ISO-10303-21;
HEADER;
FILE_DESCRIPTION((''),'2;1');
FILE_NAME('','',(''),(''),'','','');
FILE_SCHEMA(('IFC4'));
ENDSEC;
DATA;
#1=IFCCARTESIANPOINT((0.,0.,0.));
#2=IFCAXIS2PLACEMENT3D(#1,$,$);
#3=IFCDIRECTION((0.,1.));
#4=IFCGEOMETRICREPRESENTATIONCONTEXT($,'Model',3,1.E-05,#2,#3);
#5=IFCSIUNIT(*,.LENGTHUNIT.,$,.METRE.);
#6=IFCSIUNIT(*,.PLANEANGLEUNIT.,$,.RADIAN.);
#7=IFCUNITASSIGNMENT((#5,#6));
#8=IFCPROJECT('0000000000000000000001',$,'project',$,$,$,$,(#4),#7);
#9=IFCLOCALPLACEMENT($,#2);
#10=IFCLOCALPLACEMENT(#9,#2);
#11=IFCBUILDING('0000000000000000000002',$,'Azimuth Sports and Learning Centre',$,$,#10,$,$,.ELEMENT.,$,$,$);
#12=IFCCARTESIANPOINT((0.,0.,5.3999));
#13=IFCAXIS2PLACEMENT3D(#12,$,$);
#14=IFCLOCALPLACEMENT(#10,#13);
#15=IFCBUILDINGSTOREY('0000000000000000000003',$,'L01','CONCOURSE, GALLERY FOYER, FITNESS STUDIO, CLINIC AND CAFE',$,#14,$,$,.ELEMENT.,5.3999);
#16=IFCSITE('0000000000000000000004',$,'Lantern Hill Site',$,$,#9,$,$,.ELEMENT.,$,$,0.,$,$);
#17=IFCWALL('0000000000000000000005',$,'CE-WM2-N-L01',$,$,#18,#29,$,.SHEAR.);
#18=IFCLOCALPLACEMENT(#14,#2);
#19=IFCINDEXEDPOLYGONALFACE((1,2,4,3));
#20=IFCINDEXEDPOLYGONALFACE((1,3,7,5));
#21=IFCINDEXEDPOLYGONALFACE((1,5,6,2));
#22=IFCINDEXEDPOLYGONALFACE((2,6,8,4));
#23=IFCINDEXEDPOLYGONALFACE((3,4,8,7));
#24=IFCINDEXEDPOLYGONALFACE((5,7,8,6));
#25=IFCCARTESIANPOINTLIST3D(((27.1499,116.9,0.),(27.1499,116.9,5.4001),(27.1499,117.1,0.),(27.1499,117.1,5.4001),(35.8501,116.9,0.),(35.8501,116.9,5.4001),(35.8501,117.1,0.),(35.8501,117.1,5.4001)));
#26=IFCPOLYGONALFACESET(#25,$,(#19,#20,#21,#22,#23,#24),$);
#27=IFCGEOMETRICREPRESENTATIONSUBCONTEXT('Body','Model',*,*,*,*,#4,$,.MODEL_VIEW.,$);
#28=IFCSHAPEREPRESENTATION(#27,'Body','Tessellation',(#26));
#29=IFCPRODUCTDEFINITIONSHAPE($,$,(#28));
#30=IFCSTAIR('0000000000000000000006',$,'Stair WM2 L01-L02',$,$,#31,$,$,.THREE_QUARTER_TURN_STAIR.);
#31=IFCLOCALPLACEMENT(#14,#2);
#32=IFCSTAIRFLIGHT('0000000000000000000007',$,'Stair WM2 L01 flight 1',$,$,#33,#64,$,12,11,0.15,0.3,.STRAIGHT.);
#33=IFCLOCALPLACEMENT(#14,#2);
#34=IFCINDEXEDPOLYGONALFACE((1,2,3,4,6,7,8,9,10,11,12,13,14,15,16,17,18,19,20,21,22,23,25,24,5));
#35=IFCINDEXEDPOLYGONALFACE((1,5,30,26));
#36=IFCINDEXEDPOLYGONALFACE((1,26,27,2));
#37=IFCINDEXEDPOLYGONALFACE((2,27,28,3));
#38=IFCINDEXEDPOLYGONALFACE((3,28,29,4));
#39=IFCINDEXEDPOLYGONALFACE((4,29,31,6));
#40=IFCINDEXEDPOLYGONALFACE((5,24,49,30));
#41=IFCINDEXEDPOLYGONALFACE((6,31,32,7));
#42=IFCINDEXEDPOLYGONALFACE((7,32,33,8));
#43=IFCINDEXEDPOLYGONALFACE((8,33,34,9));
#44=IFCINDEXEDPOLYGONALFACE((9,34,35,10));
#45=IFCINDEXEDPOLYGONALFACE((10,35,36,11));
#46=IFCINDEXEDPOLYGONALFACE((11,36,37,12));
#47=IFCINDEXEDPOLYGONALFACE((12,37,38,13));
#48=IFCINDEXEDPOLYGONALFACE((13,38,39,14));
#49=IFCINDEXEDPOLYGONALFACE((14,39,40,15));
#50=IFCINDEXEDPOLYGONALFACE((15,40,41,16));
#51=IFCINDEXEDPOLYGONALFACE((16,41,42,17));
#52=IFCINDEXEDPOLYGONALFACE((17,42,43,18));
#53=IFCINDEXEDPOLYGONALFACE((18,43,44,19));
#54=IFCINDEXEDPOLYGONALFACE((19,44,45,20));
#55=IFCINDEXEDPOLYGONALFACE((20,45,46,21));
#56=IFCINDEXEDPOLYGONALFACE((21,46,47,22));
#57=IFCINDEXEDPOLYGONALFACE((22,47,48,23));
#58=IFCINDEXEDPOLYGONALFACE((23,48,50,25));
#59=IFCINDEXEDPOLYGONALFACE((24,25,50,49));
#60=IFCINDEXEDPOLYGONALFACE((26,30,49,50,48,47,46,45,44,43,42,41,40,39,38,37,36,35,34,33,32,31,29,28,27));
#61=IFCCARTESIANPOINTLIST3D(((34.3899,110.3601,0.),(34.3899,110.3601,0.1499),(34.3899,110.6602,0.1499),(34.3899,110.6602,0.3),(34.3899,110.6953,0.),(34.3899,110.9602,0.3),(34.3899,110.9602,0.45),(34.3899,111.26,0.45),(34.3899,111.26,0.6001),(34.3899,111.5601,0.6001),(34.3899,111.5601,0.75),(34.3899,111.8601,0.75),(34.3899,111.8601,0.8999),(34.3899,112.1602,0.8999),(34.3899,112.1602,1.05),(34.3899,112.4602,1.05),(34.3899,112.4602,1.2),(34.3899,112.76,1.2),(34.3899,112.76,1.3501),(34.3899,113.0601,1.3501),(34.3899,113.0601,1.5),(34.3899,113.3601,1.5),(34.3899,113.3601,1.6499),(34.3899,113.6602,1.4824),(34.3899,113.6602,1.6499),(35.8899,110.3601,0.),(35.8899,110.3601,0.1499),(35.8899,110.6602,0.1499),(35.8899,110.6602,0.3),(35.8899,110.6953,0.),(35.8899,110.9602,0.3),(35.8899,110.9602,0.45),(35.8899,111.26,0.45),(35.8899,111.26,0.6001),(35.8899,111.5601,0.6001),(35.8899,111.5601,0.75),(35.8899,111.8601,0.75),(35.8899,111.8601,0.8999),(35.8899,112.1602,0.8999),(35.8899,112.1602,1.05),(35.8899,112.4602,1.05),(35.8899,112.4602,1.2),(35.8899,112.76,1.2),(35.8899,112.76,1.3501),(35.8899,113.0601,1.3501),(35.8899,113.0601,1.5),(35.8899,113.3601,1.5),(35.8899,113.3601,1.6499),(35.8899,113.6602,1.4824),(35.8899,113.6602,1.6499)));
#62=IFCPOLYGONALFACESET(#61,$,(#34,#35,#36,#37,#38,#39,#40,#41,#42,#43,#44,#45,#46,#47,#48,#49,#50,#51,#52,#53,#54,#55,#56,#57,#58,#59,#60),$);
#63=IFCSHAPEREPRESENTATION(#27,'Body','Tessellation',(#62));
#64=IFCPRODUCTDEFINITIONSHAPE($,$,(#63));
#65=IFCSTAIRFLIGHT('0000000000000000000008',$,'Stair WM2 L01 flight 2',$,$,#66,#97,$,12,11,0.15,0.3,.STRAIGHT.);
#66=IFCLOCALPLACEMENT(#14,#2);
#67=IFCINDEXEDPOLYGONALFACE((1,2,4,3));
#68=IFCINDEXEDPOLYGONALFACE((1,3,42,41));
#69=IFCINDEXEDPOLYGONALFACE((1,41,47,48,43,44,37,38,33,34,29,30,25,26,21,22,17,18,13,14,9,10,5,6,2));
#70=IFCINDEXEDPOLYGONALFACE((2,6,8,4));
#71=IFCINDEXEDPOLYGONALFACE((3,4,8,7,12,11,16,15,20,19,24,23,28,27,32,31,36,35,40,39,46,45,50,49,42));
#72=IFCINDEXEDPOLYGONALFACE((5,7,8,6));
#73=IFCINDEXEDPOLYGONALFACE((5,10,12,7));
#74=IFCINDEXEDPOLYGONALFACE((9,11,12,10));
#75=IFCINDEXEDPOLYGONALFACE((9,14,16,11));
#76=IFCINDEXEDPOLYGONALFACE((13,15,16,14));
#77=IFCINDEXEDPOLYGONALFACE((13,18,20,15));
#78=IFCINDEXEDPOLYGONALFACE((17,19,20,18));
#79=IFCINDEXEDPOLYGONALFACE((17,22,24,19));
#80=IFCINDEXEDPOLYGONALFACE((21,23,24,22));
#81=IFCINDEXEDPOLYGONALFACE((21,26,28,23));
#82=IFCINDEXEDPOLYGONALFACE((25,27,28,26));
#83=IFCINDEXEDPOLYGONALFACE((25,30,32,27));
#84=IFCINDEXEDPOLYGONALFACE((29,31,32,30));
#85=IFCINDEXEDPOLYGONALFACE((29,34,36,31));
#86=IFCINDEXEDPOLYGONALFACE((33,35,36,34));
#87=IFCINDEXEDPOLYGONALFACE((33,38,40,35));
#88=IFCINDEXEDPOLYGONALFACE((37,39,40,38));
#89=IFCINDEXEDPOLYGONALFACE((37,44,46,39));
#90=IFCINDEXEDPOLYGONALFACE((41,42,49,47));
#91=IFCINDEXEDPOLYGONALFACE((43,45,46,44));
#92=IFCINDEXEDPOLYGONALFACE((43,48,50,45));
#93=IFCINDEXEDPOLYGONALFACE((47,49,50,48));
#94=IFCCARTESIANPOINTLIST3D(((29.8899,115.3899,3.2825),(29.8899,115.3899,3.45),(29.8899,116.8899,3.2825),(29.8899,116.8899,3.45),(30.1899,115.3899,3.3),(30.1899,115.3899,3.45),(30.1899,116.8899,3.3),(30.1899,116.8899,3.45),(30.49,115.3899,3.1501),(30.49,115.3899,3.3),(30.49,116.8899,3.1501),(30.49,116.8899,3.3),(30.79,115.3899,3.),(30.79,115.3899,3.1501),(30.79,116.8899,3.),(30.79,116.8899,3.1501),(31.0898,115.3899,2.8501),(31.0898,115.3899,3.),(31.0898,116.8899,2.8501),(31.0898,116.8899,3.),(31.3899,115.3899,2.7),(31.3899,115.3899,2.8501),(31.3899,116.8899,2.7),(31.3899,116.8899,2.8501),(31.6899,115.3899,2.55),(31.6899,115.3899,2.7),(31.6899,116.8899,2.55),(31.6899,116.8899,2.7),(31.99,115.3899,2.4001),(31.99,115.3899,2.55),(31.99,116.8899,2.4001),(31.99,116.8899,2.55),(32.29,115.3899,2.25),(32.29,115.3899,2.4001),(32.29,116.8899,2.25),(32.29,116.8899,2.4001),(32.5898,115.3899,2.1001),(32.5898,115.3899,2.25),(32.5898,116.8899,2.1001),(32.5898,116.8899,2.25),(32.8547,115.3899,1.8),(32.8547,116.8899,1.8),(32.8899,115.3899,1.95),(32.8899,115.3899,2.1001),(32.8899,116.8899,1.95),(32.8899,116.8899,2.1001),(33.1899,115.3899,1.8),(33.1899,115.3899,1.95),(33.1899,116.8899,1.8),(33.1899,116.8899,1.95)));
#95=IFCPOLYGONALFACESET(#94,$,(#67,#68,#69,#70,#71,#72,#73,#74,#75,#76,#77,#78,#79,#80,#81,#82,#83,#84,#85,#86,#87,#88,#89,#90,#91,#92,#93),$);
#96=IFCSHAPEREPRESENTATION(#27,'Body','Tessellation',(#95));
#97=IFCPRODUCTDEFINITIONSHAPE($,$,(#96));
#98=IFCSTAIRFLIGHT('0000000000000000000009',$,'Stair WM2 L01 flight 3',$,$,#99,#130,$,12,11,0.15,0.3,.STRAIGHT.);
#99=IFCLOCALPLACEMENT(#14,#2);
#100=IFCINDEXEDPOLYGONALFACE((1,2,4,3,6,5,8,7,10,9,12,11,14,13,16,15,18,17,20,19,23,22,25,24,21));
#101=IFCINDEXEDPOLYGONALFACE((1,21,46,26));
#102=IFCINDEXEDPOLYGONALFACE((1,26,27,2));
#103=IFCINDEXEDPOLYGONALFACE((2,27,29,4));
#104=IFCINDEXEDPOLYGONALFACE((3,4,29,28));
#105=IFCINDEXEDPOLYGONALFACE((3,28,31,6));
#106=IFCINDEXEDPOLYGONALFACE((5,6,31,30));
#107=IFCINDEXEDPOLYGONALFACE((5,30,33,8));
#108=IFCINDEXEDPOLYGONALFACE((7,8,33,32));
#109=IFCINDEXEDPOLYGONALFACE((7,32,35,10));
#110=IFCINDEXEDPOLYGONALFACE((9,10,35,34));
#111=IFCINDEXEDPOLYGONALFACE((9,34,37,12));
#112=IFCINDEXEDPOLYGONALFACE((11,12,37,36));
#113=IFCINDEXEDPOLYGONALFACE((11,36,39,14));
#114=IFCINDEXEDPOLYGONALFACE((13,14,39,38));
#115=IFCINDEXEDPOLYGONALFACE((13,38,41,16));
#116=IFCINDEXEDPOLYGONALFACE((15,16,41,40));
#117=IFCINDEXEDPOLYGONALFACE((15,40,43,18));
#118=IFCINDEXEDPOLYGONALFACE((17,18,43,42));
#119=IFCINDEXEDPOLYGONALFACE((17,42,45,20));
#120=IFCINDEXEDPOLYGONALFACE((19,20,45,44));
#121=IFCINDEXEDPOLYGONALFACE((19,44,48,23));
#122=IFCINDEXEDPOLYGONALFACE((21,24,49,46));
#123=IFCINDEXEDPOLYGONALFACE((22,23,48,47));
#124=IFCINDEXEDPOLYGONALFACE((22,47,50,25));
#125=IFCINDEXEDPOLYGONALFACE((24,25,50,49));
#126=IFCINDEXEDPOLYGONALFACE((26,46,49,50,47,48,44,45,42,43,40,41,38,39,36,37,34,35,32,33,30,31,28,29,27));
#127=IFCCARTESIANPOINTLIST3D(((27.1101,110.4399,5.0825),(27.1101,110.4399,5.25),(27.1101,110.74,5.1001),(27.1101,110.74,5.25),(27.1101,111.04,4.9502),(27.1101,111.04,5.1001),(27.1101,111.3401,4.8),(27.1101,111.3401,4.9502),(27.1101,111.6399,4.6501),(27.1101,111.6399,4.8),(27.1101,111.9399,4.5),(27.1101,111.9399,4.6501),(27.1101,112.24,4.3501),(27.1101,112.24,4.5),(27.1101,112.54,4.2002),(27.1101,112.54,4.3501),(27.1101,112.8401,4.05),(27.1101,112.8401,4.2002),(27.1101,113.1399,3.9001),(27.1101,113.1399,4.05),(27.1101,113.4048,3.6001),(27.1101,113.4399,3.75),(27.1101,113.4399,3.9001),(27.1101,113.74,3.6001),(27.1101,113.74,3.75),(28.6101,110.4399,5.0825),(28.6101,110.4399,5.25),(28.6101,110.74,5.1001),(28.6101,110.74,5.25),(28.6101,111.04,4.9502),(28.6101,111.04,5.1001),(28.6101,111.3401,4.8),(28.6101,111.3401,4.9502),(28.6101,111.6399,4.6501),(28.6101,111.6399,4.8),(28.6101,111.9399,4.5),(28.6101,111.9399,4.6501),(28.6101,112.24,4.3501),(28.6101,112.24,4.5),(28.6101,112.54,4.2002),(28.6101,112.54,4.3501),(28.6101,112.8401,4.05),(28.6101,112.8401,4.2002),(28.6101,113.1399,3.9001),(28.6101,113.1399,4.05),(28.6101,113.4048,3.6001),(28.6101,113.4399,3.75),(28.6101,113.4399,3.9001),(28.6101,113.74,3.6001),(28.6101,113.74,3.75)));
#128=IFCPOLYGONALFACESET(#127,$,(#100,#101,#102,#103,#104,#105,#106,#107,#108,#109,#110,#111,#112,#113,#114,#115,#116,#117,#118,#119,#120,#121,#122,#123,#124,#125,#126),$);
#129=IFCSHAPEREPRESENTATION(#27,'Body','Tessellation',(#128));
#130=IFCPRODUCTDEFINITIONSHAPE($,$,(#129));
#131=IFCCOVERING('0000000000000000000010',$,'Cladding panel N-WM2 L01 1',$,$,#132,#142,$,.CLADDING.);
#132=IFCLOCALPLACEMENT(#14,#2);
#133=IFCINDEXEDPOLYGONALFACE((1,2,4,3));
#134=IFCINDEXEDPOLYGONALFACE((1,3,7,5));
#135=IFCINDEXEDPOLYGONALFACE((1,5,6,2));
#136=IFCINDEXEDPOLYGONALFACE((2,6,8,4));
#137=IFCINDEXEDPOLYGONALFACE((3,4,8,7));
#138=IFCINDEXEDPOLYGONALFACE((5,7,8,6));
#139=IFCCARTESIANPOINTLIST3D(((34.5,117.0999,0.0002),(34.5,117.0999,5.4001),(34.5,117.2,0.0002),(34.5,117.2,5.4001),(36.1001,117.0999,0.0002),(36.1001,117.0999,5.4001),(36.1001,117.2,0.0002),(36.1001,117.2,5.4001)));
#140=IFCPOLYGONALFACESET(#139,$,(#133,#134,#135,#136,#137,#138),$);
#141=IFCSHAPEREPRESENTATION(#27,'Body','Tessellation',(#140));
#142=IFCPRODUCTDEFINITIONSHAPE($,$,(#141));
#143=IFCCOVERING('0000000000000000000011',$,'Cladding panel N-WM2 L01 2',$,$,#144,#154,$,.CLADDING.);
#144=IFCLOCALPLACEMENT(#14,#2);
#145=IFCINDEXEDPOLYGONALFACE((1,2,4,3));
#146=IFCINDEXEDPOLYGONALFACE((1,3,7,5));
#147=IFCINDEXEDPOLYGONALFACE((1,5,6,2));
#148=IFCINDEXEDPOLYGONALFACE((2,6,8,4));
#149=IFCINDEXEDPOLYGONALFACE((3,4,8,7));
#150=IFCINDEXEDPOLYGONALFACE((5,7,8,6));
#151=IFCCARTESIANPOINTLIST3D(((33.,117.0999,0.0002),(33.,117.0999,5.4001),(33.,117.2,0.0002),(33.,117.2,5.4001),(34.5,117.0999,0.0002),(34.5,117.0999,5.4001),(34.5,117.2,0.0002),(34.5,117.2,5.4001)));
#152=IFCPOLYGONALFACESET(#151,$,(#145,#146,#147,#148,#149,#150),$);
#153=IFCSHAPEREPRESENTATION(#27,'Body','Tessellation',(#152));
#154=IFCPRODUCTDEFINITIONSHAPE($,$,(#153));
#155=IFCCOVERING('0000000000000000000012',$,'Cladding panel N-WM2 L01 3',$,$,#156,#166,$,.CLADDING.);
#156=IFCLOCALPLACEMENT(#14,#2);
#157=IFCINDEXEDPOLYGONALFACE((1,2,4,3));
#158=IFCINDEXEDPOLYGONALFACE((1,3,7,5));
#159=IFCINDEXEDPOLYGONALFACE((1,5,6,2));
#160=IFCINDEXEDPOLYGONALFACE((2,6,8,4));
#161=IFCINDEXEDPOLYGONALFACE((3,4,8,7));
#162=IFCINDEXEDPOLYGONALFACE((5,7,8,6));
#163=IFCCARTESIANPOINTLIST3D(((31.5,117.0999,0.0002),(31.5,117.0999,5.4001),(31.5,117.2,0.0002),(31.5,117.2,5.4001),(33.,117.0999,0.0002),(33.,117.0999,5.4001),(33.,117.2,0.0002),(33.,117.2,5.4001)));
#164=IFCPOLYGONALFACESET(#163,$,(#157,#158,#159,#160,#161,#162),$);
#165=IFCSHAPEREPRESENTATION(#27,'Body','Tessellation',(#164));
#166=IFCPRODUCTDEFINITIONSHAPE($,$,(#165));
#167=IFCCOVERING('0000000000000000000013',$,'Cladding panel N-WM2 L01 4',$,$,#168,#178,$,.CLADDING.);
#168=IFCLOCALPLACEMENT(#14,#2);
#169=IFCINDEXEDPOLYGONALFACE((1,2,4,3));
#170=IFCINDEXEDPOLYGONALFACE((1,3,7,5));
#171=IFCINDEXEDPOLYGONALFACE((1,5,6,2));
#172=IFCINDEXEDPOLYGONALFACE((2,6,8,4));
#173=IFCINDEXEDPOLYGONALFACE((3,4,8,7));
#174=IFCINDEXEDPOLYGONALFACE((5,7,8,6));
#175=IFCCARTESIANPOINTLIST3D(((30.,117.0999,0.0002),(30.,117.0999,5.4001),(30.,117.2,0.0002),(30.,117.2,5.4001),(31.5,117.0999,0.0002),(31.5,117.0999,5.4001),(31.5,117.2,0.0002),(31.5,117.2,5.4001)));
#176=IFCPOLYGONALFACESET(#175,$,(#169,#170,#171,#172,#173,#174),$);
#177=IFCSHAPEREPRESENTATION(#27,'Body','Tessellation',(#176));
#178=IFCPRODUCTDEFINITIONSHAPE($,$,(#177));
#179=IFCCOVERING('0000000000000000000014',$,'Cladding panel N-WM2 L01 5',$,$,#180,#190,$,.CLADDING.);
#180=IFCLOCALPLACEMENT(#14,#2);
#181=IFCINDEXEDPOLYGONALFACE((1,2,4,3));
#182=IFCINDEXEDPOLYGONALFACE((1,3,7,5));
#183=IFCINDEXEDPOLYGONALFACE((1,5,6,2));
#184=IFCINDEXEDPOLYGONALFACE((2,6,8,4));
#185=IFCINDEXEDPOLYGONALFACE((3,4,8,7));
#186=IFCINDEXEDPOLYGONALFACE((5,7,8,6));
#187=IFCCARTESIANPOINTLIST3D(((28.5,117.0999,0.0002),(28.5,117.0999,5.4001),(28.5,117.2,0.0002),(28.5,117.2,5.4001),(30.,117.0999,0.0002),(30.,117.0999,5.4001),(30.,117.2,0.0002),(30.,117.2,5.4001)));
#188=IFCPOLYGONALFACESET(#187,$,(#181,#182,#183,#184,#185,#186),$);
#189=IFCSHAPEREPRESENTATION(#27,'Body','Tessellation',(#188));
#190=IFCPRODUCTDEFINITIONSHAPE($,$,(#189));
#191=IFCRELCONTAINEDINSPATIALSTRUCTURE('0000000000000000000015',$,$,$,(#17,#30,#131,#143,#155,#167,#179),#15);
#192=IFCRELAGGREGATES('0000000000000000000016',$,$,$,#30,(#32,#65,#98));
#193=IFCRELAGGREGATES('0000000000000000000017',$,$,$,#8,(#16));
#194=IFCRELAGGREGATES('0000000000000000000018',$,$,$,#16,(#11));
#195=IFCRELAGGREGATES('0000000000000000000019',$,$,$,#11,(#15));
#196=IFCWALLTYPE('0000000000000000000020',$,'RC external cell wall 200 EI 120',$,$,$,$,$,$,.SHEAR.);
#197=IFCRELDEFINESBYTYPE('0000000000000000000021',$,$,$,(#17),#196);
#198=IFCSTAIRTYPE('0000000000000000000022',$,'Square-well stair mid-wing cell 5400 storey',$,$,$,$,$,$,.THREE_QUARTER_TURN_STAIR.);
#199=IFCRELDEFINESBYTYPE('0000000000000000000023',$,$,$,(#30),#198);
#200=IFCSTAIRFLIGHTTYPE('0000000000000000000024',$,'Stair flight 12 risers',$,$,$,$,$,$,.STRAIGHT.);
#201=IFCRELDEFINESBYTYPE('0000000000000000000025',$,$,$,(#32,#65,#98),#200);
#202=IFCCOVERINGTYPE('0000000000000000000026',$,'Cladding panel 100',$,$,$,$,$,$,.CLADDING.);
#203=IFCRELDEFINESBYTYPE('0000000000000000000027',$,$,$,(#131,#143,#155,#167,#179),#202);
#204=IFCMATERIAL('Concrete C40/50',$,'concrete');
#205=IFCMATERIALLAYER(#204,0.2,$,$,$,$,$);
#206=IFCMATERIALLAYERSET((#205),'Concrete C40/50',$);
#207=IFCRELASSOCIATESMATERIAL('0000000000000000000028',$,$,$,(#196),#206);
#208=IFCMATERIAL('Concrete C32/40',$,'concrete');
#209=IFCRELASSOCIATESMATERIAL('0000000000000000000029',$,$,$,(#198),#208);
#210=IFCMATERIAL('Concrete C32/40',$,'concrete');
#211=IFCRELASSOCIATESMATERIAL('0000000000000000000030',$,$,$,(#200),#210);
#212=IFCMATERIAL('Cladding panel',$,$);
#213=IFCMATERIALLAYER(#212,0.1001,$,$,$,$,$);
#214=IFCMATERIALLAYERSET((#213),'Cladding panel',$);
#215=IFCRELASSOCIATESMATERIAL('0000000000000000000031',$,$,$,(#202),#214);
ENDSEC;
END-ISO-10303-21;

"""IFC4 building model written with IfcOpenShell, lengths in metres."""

from ifc_helpers import new_model, si_unit, direction, frame, frame_2d, origin, origin_2d, place, context, subcontext, project, spatial, polyline, rectangle, outline, extrude, material, layer, layer_set, type_object, element, aggregate, save


model = new_model("IFC4")

# Units and contexts
model_context = context("Model", 3, precision=1e-05, world=origin(), true_north=direction((0.0, 1.0)))
body_context = subcontext(model_context, "Body", "Model", "MODEL_VIEW")
ifc_project = project(units=[si_unit("LENGTHUNIT", "METRE"), si_unit("PLANEANGLEUNIT", "RADIAN")], contexts=[model_context])

# Site, building, storey
site_placement = place(None, origin())
site = spatial("IfcSite", under=ifc_project, at=site_placement, Name="Lantern Hill Site", CompositionType="ELEMENT", RefElevation=0.0)
building_placement = place(site_placement, origin())
building = spatial("IfcBuilding", under=site, at=building_placement, Name="Azimuth Sports and Learning Centre", CompositionType="ELEMENT")
storey_placement = place(building_placement, frame((0.0, 0.0, 5.3999)))
storey = spatial("IfcBuildingStorey", under=building, at=storey_placement, Name="L01", Description="CONCOURSE, GALLERY FOYER, FITNESS STUDIO, CLINIC AND CAFE", CompositionType="ELEMENT", Elevation=5.3999)

# Wall
ifc_material_1 = material(Name="Concrete C40/50", Category="concrete")
ifc_layer_1 = layer(ifc_material_1, 0.2)
ifc_layer_set_1 = layer_set([ifc_layer_1], Name="Concrete C40/50")
wall_type_1 = type_object("IfcWallType", Name="RC external cell wall 200 EI 120", PredefinedType="SHEAR", material=ifc_layer_set_1)
wall_1_placement = place(storey_placement, frame((27.1499, 117.0, 0.0), z_axis=(0.0, 0.0, 1.0), x_axis=(1.0, 0.0, 0.0)))
element("IfcWall", 1, at=wall_1_placement, inside=storey, type_object=wall_type_1, Name="CE-WM2-N-L01", PredefinedType="SHEAR", context=body_context, shape_type="SweptSolid", body=[
    extrude(rectangle(XDim=8.7002, YDim=0.2, at=frame_2d((4.3501, 0.0))), origin(), (0.0, 0.0, 1.0), 5.4001),
])

# Stair, stair flights
ifc_material_2 = material(Name="Concrete C32/40", Category="concrete")
stair_type = type_object("IfcStairType", Name="Square-well stair mid-wing cell 5400 storey", PredefinedType="THREE_QUARTER_TURN_STAIR", material=ifc_material_2)
stair_placement = place(storey_placement, origin())
stair = element("IfcStair", 2, at=stair_placement, inside=storey, type_object=stair_type, Name="Stair WM2 L01-L02", PredefinedType="THREE_QUARTER_TURN_STAIR")
ifc_material_3 = material(Name="Concrete C32/40", Category="concrete")
stair_flight_type = type_object("IfcStairFlightType", Name="Stair flight 12 risers", PredefinedType="STRAIGHT", material=ifc_material_3)
stair_flight_1_placement = place(storey_placement, frame((35.1399, 110.3601, 0.0), z_axis=(0.0, 0.0, 1.0), x_axis=(0.0, 1.0, 0.0)))
stair_flight_1 = element("IfcStairFlight", 3, at=stair_flight_1_placement, type_object=stair_flight_type, Name="Stair WM2 L01 flight 1", NumberOfRisers=12, NumberOfTreads=11, PredefinedType="STRAIGHT", RiserHeight=0.15, TreadLength=0.3, context=body_context, shape_type="SweptSolid", body=[
    extrude(outline(polyline([(0.0, 0.0), (0.0, 0.1499), (0.3, 0.1499), (0.3, 0.3), (0.6001, 0.3), (0.6001, 0.45), (0.8999, 0.45), (0.8999, 0.6001), (1.2, 0.6001), (1.2, 0.75), (1.5, 0.75), (1.5, 0.8999), (1.8, 0.8999), (1.8, 1.05), (2.1001, 1.05), (2.1001, 1.2), (2.3999, 1.2), (2.3999, 1.3501), (2.7, 1.3501), (2.7, 1.5), (3.0, 1.5), (3.0, 1.6499), (3.3, 1.6499), (3.3, 1.8), (3.3, 1.4824), (0.3352, 0.0), (0.0, 0.0)])), frame((0.0, 0.75, 0.0), z_axis=(0.0, -1.0, 0.0), x_axis=(1.0, 0.0, 0.0)), (0.0, 0.0, 1.0), 1.5),
])
stair_flight_2_placement = place(storey_placement, frame((33.1899, 116.1399, 1.8), z_axis=(0.0, 0.0, 1.0), x_axis=(-1.0, 0.0, 0.0)))
stair_flight_2 = element("IfcStairFlight", 4, at=stair_flight_2_placement, type_object=stair_flight_type, Name="Stair WM2 L01 flight 2", NumberOfRisers=12, NumberOfTreads=11, PredefinedType="STRAIGHT", RiserHeight=0.15, TreadLength=0.3, context=body_context, shape_type="SweptSolid", body=[
    extrude(outline(polyline([(0.0, 0.0), (0.0, 0.1499), (0.3, 0.1499), (0.3, 0.3), (0.6001, 0.3), (0.6001, 0.45), (0.8999, 0.45), (0.8999, 0.6001), (1.2, 0.6001), (1.2, 0.75), (1.5, 0.75), (1.5, 0.8999), (1.8, 0.8999), (1.8, 1.05), (2.1001, 1.05), (2.1001, 1.2), (2.3999, 1.2), (2.3999, 1.3501), (2.7, 1.3501), (2.7, 1.5), (3.0, 1.5), (3.0, 1.6499), (3.3, 1.6499), (3.3, 1.8), (3.3, 1.4824), (0.3352, 0.0), (0.0, 0.0)])), frame((0.0, 0.75, 0.0), z_axis=(0.0, -1.0, 0.0), x_axis=(1.0, 0.0, 0.0)), (0.0, 0.0, 1.0), 1.5),
])
stair_flight_3_placement = place(storey_placement, frame((27.8601, 113.74, 3.6001), z_axis=(0.0, 0.0, 1.0), x_axis=(0.0, -1.0, 0.0)))
stair_flight_3 = element("IfcStairFlight", 5, at=stair_flight_3_placement, type_object=stair_flight_type, Name="Stair WM2 L01 flight 3", NumberOfRisers=12, NumberOfTreads=11, PredefinedType="STRAIGHT", RiserHeight=0.15, TreadLength=0.3, context=body_context, shape_type="SweptSolid", body=[
    extrude(outline(polyline([(0.0, 0.0), (0.0, 0.1499), (0.3, 0.1499), (0.3, 0.3), (0.6001, 0.3), (0.6001, 0.45), (0.8999, 0.45), (0.8999, 0.6001), (1.2, 0.6001), (1.2, 0.75), (1.5, 0.75), (1.5, 0.8999), (1.8, 0.8999), (1.8, 1.05), (2.1001, 1.05), (2.1001, 1.2), (2.3999, 1.2), (2.3999, 1.3501), (2.7, 1.3501), (2.7, 1.5), (3.0, 1.5), (3.0, 1.6499), (3.3, 1.6499), (3.3, 1.8), (3.3, 1.4824), (0.3352, 0.0), (0.0, 0.0)])), frame((0.0, 0.75, 0.0), z_axis=(0.0, -1.0, 0.0), x_axis=(1.0, 0.0, 0.0)), (0.0, 0.0, 1.0), 1.5),
])
aggregate(stair, [stair_flight_1, stair_flight_2, stair_flight_3])

# Coverings
ifc_material_4 = material(Name="Cladding panel")
ifc_layer_2 = layer(ifc_material_4, 0.1001)
ifc_layer_set_2 = layer_set([ifc_layer_2], Name="Cladding panel")
covering_type = type_object("IfcCoveringType", Name="Cladding panel 100", PredefinedType="CLADDING", material=ifc_layer_set_2)
covering_1_placement = place(storey_placement, frame((35.3, 117.1499, 0.0002), z_axis=(0.0, 0.0, 1.0), x_axis=(-1.0, 0.0, 0.0)))
element("IfcCovering", 6, at=covering_1_placement, inside=storey, type_object=covering_type, Name="Cladding panel N-WM2 L01 1", PredefinedType="CLADDING", context=body_context, shape_type="SweptSolid", body=[
    extrude(rectangle(XDim=1.6001, YDim=0.1001, at=origin_2d()), origin(), (0.0, 0.0, 1.0), 5.3999),
])
for number, where, z_axis, x_axis, name in (
    (7, (33.75, 117.1499, 0.0002), (0.0, 0.0, 1.0), (-1.0, 0.0, 0.0), "Cladding panel N-WM2 L01 2"),
    (8, (32.25, 117.1499, 0.0002), (0.0, 0.0, 1.0), (-1.0, 0.0, 0.0), "Cladding panel N-WM2 L01 3"),
    (9, (30.75, 117.1499, 0.0002), (0.0, 0.0, 1.0), (-1.0, 0.0, 0.0), "Cladding panel N-WM2 L01 4"),
    (10, (29.25, 117.1499, 0.0002), (0.0, 0.0, 1.0), (-1.0, 0.0, 0.0), "Cladding panel N-WM2 L01 5"),
):
    element("IfcCovering", number, at=place(storey_placement, frame(where, z_axis=z_axis, x_axis=x_axis)), inside=storey, type_object=covering_type, Name=name, PredefinedType="CLADDING", context=body_context, shape_type="SweptSolid", body=[
        extrude(rectangle(XDim=1.5, YDim=0.1001, at=origin_2d()), origin(), (0.0, 0.0, 1.0), 5.3999),
    ])

save(model, "model.ifc")
